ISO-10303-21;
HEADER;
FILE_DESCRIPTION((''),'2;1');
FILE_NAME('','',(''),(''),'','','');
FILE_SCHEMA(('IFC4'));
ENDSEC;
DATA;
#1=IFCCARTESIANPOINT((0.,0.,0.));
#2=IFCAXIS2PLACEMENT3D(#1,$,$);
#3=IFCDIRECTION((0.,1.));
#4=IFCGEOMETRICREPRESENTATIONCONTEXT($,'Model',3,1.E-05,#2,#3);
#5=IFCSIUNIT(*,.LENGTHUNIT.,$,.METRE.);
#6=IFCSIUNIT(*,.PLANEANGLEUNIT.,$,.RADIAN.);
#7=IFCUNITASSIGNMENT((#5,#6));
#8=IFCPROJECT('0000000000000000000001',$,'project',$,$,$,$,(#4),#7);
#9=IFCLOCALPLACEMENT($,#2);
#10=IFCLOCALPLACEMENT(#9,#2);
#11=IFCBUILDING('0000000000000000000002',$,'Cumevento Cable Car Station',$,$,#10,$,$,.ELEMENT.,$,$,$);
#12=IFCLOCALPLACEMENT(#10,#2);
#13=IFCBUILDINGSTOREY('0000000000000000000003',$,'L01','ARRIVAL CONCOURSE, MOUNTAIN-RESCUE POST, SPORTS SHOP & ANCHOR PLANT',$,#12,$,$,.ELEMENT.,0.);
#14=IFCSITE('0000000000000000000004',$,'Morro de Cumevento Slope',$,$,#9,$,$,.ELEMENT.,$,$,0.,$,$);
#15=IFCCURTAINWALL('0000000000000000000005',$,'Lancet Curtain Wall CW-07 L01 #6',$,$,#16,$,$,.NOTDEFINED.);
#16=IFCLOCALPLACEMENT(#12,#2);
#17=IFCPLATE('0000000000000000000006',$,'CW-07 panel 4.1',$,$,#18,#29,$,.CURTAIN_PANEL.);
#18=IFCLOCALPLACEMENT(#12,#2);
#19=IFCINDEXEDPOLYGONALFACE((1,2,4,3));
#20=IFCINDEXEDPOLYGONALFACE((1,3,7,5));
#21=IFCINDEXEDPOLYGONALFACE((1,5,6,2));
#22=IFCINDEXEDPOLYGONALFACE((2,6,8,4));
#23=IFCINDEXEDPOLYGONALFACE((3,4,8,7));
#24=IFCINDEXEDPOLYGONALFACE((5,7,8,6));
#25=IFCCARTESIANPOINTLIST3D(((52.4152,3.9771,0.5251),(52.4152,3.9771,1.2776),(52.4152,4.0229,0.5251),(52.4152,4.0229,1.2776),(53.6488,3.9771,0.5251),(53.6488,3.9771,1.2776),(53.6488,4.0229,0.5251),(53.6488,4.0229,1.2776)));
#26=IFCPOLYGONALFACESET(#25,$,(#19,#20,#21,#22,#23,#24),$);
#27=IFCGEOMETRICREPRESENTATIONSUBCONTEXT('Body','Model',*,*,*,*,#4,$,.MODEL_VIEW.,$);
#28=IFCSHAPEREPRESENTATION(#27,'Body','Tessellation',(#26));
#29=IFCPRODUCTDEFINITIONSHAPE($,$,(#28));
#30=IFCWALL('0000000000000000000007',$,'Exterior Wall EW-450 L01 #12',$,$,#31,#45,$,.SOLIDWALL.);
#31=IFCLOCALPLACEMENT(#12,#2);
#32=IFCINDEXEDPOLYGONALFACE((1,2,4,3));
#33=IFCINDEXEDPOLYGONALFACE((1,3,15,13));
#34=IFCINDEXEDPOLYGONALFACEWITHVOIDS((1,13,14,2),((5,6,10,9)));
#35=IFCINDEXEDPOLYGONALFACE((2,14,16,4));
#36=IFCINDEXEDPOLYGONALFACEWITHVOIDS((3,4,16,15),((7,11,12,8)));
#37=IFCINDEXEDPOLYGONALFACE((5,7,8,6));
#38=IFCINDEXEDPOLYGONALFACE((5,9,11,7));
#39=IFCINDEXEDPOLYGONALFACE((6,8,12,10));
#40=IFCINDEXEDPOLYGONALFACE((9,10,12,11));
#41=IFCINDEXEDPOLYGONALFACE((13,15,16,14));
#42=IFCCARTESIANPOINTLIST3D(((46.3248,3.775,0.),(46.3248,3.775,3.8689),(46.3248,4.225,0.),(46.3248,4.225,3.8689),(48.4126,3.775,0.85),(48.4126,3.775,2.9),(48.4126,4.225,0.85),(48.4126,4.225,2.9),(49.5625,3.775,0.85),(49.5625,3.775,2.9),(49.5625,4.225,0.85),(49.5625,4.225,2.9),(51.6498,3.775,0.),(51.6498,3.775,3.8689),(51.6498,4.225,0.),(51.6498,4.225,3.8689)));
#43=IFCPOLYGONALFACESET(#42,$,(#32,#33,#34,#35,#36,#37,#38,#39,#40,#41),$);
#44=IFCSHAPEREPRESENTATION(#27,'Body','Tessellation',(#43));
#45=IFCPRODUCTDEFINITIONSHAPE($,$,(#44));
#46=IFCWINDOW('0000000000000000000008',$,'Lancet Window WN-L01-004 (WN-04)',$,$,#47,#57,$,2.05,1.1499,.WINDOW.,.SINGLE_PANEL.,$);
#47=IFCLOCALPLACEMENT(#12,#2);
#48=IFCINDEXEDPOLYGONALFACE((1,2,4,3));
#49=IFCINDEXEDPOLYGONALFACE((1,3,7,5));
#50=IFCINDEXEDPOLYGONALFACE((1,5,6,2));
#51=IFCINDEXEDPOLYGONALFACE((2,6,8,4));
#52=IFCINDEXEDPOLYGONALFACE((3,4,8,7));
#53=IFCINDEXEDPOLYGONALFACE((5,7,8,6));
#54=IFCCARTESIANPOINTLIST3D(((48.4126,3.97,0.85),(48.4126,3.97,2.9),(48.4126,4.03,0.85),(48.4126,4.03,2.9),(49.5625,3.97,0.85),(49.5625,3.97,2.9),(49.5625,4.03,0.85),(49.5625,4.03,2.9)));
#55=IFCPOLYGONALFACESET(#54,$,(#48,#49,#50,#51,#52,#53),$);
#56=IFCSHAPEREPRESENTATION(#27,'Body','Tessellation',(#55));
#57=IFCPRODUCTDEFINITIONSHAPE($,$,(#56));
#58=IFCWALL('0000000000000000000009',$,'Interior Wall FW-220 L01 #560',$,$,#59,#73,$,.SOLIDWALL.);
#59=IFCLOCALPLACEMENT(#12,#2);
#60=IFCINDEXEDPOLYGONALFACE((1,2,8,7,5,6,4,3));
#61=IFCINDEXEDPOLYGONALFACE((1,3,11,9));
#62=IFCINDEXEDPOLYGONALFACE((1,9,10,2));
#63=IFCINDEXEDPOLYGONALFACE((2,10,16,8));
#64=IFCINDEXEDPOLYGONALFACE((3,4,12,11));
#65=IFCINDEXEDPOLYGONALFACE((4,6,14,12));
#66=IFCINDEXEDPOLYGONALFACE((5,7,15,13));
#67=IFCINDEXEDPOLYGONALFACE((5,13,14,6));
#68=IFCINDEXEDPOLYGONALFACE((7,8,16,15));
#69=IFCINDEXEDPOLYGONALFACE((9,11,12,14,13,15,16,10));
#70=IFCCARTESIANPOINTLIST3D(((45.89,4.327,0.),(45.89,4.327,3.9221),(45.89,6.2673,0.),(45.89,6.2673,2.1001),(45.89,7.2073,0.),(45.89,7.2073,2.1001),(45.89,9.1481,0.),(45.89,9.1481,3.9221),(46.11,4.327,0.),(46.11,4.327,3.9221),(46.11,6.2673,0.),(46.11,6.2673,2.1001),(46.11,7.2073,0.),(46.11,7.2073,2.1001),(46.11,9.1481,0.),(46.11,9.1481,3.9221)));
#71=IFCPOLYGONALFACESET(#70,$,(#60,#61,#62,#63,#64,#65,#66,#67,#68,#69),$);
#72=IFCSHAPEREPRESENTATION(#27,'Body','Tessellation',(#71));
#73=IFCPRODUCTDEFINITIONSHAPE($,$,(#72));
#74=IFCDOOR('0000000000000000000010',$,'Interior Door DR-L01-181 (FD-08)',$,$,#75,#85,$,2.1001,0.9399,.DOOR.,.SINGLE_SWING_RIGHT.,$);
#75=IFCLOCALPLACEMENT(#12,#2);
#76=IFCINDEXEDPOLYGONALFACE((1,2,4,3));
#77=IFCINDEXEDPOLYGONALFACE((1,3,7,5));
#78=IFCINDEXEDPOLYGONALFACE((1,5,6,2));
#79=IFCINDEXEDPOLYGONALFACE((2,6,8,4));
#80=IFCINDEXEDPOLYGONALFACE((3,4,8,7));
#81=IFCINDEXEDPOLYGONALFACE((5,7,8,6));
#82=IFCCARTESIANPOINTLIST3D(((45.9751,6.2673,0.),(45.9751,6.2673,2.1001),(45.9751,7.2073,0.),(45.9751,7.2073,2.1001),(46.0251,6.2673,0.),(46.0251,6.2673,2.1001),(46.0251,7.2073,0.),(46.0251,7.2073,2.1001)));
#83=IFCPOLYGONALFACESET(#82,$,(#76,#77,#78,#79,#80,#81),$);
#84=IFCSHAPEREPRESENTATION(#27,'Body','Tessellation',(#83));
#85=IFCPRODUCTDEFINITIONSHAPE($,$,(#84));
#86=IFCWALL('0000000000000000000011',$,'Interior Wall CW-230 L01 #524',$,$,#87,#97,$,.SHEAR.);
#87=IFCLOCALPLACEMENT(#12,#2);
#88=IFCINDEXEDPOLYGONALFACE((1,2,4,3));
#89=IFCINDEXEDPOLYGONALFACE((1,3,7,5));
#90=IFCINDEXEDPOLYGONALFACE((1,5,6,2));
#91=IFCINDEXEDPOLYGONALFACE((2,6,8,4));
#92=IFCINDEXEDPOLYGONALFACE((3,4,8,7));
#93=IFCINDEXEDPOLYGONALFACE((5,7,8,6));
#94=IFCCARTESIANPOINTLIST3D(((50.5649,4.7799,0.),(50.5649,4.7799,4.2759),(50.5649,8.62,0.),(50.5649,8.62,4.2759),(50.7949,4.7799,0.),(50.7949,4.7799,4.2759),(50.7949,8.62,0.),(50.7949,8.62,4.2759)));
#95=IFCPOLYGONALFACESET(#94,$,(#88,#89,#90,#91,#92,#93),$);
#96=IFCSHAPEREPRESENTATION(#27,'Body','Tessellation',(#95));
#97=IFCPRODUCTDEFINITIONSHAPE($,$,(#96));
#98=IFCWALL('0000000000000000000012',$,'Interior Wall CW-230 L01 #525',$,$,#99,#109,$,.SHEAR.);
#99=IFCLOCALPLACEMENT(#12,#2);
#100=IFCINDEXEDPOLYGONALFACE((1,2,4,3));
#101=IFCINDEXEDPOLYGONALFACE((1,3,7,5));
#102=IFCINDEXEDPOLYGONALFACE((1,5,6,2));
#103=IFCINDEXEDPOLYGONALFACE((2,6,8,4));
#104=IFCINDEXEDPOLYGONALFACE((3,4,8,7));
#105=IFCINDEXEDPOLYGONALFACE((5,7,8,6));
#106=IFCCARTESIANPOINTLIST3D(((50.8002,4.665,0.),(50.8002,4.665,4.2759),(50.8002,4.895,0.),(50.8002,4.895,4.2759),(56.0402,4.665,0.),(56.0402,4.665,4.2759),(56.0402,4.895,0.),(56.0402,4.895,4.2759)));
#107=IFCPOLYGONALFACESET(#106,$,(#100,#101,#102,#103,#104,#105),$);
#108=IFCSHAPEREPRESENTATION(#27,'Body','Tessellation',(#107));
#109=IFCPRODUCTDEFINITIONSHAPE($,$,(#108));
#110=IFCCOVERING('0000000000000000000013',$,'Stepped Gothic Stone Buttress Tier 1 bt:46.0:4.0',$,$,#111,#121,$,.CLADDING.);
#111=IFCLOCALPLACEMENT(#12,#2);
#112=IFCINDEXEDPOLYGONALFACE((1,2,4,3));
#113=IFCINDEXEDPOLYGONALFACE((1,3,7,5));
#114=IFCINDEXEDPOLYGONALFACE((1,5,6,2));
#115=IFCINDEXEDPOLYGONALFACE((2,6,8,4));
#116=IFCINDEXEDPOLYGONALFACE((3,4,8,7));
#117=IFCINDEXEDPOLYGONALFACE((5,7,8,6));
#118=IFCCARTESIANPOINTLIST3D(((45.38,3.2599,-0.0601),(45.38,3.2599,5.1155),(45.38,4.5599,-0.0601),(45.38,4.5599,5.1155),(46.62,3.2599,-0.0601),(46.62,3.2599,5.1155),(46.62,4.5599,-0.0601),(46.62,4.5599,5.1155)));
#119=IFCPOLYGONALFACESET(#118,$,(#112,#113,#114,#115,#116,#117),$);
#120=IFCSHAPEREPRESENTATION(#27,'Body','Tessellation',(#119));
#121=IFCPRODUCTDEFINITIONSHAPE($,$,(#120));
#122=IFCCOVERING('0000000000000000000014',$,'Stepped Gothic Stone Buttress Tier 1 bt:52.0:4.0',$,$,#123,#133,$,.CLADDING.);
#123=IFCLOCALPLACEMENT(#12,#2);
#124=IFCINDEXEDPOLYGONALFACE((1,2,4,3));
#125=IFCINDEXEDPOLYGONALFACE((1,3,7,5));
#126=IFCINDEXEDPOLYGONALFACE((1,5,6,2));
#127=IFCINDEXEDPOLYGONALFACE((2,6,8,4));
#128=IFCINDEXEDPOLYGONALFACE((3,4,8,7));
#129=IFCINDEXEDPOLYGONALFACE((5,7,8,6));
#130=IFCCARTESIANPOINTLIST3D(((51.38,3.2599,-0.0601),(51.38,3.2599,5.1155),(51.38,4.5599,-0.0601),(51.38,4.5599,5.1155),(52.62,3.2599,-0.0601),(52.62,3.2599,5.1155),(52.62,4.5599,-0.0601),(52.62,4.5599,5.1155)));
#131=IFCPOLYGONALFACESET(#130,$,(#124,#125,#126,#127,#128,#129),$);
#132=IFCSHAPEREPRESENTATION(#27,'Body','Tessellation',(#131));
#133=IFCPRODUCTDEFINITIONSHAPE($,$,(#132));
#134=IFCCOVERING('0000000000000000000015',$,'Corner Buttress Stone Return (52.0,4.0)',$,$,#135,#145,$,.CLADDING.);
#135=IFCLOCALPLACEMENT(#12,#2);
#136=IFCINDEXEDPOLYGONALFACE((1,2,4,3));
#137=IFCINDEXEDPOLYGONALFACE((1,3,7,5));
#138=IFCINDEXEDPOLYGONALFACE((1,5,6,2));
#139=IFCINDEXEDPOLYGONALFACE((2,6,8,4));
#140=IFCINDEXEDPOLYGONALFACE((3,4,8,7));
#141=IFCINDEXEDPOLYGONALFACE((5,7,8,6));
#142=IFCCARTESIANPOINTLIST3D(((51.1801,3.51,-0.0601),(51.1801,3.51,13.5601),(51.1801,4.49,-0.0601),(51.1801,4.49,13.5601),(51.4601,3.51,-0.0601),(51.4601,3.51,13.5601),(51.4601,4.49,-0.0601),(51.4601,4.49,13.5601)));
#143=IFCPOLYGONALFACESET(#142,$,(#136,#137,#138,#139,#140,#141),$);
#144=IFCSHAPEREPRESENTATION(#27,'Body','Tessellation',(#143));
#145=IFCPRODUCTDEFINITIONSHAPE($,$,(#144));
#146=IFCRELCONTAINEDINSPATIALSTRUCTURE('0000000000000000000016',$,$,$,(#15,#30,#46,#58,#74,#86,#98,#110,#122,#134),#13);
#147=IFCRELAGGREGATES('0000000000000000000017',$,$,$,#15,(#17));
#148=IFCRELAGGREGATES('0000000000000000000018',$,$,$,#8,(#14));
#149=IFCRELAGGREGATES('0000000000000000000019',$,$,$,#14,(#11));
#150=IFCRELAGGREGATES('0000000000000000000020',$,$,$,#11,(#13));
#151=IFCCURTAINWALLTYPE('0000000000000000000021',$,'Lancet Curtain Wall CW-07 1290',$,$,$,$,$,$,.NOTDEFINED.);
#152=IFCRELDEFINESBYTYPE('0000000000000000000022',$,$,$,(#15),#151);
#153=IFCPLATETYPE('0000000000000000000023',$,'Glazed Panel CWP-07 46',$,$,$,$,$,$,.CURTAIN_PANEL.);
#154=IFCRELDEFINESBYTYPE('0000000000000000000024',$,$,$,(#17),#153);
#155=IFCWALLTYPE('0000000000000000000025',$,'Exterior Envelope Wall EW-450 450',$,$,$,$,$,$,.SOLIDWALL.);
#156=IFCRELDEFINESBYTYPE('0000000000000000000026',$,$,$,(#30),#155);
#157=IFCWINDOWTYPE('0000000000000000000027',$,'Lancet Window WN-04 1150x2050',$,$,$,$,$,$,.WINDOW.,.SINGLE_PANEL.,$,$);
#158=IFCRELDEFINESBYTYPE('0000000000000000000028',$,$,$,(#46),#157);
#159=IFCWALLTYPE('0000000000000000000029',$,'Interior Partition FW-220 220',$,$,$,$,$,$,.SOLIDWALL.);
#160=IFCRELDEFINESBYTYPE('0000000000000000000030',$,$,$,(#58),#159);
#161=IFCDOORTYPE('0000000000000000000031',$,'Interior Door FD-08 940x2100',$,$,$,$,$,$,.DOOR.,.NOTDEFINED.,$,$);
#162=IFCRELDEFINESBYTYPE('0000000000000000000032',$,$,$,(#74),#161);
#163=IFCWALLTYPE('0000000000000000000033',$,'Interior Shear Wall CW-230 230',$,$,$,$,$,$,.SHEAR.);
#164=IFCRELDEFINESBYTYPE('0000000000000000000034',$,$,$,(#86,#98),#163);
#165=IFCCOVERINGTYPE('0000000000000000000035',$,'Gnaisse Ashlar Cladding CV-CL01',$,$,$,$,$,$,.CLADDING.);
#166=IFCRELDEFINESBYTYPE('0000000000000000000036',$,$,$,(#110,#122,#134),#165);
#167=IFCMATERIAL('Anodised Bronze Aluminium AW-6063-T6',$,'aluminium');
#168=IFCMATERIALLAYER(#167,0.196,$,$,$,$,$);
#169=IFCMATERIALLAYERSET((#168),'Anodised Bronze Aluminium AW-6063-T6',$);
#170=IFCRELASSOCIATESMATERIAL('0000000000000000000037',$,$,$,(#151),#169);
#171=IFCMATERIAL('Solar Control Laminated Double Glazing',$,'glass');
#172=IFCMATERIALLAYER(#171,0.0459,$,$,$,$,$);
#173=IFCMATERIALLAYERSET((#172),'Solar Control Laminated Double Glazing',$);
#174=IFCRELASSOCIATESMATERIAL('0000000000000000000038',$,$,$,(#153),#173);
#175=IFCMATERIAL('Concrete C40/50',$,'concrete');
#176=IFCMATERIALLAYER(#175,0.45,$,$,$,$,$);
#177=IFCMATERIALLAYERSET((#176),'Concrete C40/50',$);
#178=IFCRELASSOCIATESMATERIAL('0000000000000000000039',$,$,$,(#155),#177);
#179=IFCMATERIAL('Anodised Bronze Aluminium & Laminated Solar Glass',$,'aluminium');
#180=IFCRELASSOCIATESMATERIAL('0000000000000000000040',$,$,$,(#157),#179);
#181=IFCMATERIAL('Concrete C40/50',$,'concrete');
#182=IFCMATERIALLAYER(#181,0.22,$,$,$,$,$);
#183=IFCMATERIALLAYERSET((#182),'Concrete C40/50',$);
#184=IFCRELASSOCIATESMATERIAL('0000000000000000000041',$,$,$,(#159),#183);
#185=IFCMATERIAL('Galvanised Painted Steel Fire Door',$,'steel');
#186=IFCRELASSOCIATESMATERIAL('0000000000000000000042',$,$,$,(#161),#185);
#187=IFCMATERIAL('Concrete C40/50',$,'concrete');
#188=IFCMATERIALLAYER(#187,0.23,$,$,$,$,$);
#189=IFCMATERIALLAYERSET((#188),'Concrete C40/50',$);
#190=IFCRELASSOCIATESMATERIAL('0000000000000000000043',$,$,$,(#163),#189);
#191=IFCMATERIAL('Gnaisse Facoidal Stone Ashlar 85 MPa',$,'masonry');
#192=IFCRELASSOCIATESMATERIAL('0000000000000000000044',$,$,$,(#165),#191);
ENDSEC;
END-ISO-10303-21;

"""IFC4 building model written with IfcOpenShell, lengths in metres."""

from ifc_helpers import new_model, si_unit, direction, frame, frame_2d, origin, origin_2d, place, context, subcontext, project, spatial, rectangle, extrude, material, layer, layer_set, type_object, element, fill, aggregate, save


model = new_model("IFC4")

# Units and contexts
model_context = context("Model", 3, precision=1e-05, world=origin(), true_north=direction((0.0, 1.0)))
body_context = subcontext(model_context, "Body", "Model", "MODEL_VIEW")
ifc_project = project(units=[si_unit("LENGTHUNIT", "METRE"), si_unit("PLANEANGLEUNIT", "RADIAN")], contexts=[model_context])

# Site, building, storey
site_placement = place(None, origin())
site = spatial("IfcSite", under=ifc_project, at=site_placement, Name="Morro de Cumevento Slope", CompositionType="ELEMENT", RefElevation=0.0)
building_placement = place(site_placement, origin())
building = spatial("IfcBuilding", under=site, at=building_placement, Name="Cumevento Cable Car Station", CompositionType="ELEMENT")
storey_placement = place(building_placement, origin())
storey = spatial("IfcBuildingStorey", under=building, at=storey_placement, Name="L01", Description="ARRIVAL CONCOURSE, MOUNTAIN-RESCUE POST, SPORTS SHOP & ANCHOR PLANT", CompositionType="ELEMENT", Elevation=0.0)

# Curtain wall, plate
ifc_material_1 = material(Name="Anodised Bronze Aluminium AW-6063-T6", Category="aluminium")
ifc_layer_1 = layer(ifc_material_1, 0.196)
ifc_layer_set_1 = layer_set([ifc_layer_1], Name="Anodised Bronze Aluminium AW-6063-T6")
curtain_wall_type = type_object("IfcCurtainWallType", Name="Lancet Curtain Wall CW-07 1290", PredefinedType="NOTDEFINED", material=ifc_layer_set_1)
curtain_wall_placement = place(storey_placement, origin())
curtain_wall = element("IfcCurtainWall", 1, at=curtain_wall_placement, inside=storey, type_object=curtain_wall_type, Name="Lancet Curtain Wall CW-07 L01 #6", PredefinedType="NOTDEFINED")
ifc_material_2 = material(Name="Solar Control Laminated Double Glazing", Category="glass")
ifc_layer_2 = layer(ifc_material_2, 0.0459)
ifc_layer_set_2 = layer_set([ifc_layer_2], Name="Solar Control Laminated Double Glazing")
plate_type = type_object("IfcPlateType", Name="Glazed Panel CWP-07 46", PredefinedType="CURTAIN_PANEL", material=ifc_layer_set_2)
plate_placement = place(storey_placement, frame((53.032, 4.0, 0.5251), z_axis=(0.0, 0.0, 1.0), x_axis=(-1.0, 0.0, 0.0)))
plate = element("IfcPlate", 2, at=plate_placement, type_object=plate_type, Name="CW-07 panel 4.1", PredefinedType="CURTAIN_PANEL", context=body_context, shape_type="SweptSolid", body=[
    extrude(rectangle(XDim=1.2336, YDim=0.0459, at=origin_2d()), origin(), (0.0, 0.0, 1.0), 0.7524),
])
aggregate(curtain_wall, [plate])

# Wall, opening, window
ifc_material_3 = material(Name="Concrete C40/50", Category="concrete")
ifc_layer_3 = layer(ifc_material_3, 0.45)
ifc_layer_set_3 = layer_set([ifc_layer_3], Name="Concrete C40/50")
wall_type_1 = type_object("IfcWallType", Name="Exterior Envelope Wall EW-450 450", PredefinedType="SOLIDWALL", material=ifc_layer_set_3)
wall_1_placement = place(storey_placement, frame((51.6499, 4.0, 0.0), z_axis=(0.0, 0.0, 1.0), x_axis=(-1.0, 0.0, 0.0)))
wall_1 = element("IfcWall", 3, at=wall_1_placement, inside=storey, type_object=wall_type_1, Name="Exterior Wall EW-450 L01 #12", PredefinedType="SOLIDWALL", context=body_context, shape_type="SweptSolid", body=[
    extrude(rectangle(XDim=5.325, YDim=0.45, at=frame_2d((2.6626, 0.0))), origin(), (0.0, 0.0, 1.0), 3.8689),
])
opening_1_placement = place(wall_1_placement, frame((2.0874, 0.0, 0.8501)))
opening_1 = element("IfcOpeningElement", 4, at=opening_1_placement, cuts=wall_1, PredefinedType="OPENING", context=body_context, shape_type="SweptSolid", body=[
    extrude(rectangle(XDim=1.1499, YDim=2.05, at=frame_2d((0.575, 1.0249))), frame((0.0, 0.2351, 0.0), z_axis=(0.0, -1.0, 0.0), x_axis=(1.0, 0.0, 0.0)), (0.0, 0.0, 1.0), 0.47),
])
ifc_material_4 = material(Name="Anodised Bronze Aluminium & Laminated Solar Glass", Category="aluminium")
window_type = type_object("IfcWindowType", Name="Lancet Window WN-04 1150x2050", PartitioningType="SINGLE_PANEL", PredefinedType="WINDOW", material=ifc_material_4)
window_placement = place(opening_1_placement, origin())
window = element("IfcWindow", 5, at=window_placement, inside=storey, type_object=window_type, Name="Lancet Window WN-L01-004 (WN-04)", OverallHeight=2.05, OverallWidth=1.1499, PartitioningType="SINGLE_PANEL", PredefinedType="WINDOW", context=body_context, shape_type="SweptSolid", body=[
    extrude(rectangle(XDim=1.1499, YDim=2.05, at=frame_2d((0.575, 1.0249))), frame((0.0, 0.03, 0.0), z_axis=(0.0, -1.0, 0.0), x_axis=(1.0, 0.0, 0.0)), (0.0, 0.0, 1.0), 0.0601),
])
fill(opening_1, window)

# Wall, opening, door
ifc_material_5 = material(Name="Concrete C40/50", Category="concrete")
ifc_layer_4 = layer(ifc_material_5, 0.22)
ifc_layer_set_4 = layer_set([ifc_layer_4], Name="Concrete C40/50")
wall_type_2 = type_object("IfcWallType", Name="Interior Partition FW-220 220", PredefinedType="SOLIDWALL", material=ifc_layer_set_4)
wall_2_placement = place(storey_placement, frame((46.0, 4.3269, 0.0), z_axis=(0.0, 0.0, 1.0), x_axis=(0.0, 1.0, 0.0)))
wall_2 = element("IfcWall", 6, at=wall_2_placement, inside=storey, type_object=wall_type_2, Name="Interior Wall FW-220 L01 #560", PredefinedType="SOLIDWALL", context=body_context, shape_type="SweptSolid", body=[
    extrude(rectangle(XDim=4.821, YDim=0.22, at=frame_2d((2.4106, 0.0))), origin(), (0.0, 0.0, 1.0), 3.9221),
])
opening_2_placement = place(wall_2_placement, frame((1.9404, 0.0, 0.0)))
opening_2 = element("IfcOpeningElement", 7, at=opening_2_placement, cuts=wall_2, PredefinedType="OPENING", context=body_context, shape_type="SweptSolid", body=[
    extrude(rectangle(XDim=0.9399, YDim=2.1001, at=frame_2d((0.47, 1.05))), frame((0.0, 0.1199, 0.0), z_axis=(0.0, -1.0, 0.0), x_axis=(1.0, 0.0, 0.0)), (0.0, 0.0, 1.0), 0.24),
])
ifc_material_6 = material(Name="Galvanised Painted Steel Fire Door", Category="steel")
door_type = type_object("IfcDoorType", Name="Interior Door FD-08 940x2100", OperationType="NOTDEFINED", PredefinedType="DOOR", material=ifc_material_6)
door_placement = place(opening_2_placement, origin())
door = element("IfcDoor", 8, at=door_placement, inside=storey, type_object=door_type, Name="Interior Door DR-L01-181 (FD-08)", OperationType="SINGLE_SWING_RIGHT", OverallHeight=2.1001, OverallWidth=0.9399, PredefinedType="DOOR", context=body_context, shape_type="SweptSolid", body=[
    extrude(rectangle(XDim=0.9399, YDim=2.1001, at=frame_2d((0.47, 1.05))), frame((0.0, 0.0249, 0.0), z_axis=(0.0, -1.0, 0.0), x_axis=(1.0, 0.0, 0.0)), (0.0, 0.0, 1.0), 0.05),
])
fill(opening_2, door)

# Walls
ifc_material_7 = material(Name="Concrete C40/50", Category="concrete")
ifc_layer_5 = layer(ifc_material_7, 0.23)
ifc_layer_set_5 = layer_set([ifc_layer_5], Name="Concrete C40/50")
wall_type_3 = type_object("IfcWallType", Name="Interior Shear Wall CW-230 230", PredefinedType="SHEAR", material=ifc_layer_set_5)
wall_3_placement = place(storey_placement, frame((50.6799, 4.78, 0.0), z_axis=(0.0, 0.0, 1.0), x_axis=(0.0, 1.0, 0.0)))
element("IfcWall", 9, at=wall_3_placement, inside=storey, type_object=wall_type_3, Name="Interior Wall CW-230 L01 #524", PredefinedType="SHEAR", context=body_context, shape_type="SweptSolid", body=[
    extrude(rectangle(XDim=3.8401, YDim=0.23, at=frame_2d((1.9199, 0.0))), origin(), (0.0, 0.0, 1.0), 4.2759),
])
wall_4_placement = place(storey_placement, frame((50.8, 4.78, 0.0), z_axis=(0.0, 0.0, 1.0), x_axis=(1.0, 0.0, 0.0)))
element("IfcWall", 10, at=wall_4_placement, inside=storey, type_object=wall_type_3, Name="Interior Wall CW-230 L01 #525", PredefinedType="SHEAR", context=body_context, shape_type="SweptSolid", body=[
    extrude(rectangle(XDim=5.24, YDim=0.23, at=frame_2d((2.6201, 0.0))), origin(), (0.0, 0.0, 1.0), 4.2759),
])

# Coverings
ifc_material_8 = material(Name="Gnaisse Facoidal Stone Ashlar 85 MPa", Category="masonry")
covering_type = type_object("IfcCoveringType", Name="Gnaisse Ashlar Cladding CV-CL01", PredefinedType="CLADDING", material=ifc_material_8)
for number, where, z_axis, x_axis, name in (
    (11, (46.0, 3.9099, -0.0601), (0.0, 0.0, 1.0), (1.0, 0.0, 0.0), "Stepped Gothic Stone Buttress Tier 1 bt:46.0:4.0"),
    (12, (52.0, 3.9099, -0.0601), (0.0, 0.0, 1.0), (1.0, 0.0, 0.0), "Stepped Gothic Stone Buttress Tier 1 bt:52.0:4.0"),
):
    element("IfcCovering", number, at=place(storey_placement, frame(where, z_axis=z_axis, x_axis=x_axis)), inside=storey, type_object=covering_type, Name=name, PredefinedType="CLADDING", context=body_context, shape_type="SweptSolid", body=[
        extrude(rectangle(XDim=1.24, YDim=1.3, at=origin_2d()), origin(), (0.0, 0.0, 1.0), 5.1755),
    ])
covering_1_placement = place(storey_placement, frame((51.3201, 4.0, -0.0601), z_axis=(0.0, 0.0, 1.0), x_axis=(1.0, 0.0, 0.0)))
element("IfcCovering", 13, at=covering_1_placement, inside=storey, type_object=covering_type, Name="Corner Buttress Stone Return (52.0,4.0)", PredefinedType="CLADDING", context=body_context, shape_type="SweptSolid", body=[
    extrude(rectangle(XDim=0.28, YDim=0.98, at=origin_2d()), origin(), (0.0, 0.0, 1.0), 13.6201),
])

save(model, "model.ifc")
